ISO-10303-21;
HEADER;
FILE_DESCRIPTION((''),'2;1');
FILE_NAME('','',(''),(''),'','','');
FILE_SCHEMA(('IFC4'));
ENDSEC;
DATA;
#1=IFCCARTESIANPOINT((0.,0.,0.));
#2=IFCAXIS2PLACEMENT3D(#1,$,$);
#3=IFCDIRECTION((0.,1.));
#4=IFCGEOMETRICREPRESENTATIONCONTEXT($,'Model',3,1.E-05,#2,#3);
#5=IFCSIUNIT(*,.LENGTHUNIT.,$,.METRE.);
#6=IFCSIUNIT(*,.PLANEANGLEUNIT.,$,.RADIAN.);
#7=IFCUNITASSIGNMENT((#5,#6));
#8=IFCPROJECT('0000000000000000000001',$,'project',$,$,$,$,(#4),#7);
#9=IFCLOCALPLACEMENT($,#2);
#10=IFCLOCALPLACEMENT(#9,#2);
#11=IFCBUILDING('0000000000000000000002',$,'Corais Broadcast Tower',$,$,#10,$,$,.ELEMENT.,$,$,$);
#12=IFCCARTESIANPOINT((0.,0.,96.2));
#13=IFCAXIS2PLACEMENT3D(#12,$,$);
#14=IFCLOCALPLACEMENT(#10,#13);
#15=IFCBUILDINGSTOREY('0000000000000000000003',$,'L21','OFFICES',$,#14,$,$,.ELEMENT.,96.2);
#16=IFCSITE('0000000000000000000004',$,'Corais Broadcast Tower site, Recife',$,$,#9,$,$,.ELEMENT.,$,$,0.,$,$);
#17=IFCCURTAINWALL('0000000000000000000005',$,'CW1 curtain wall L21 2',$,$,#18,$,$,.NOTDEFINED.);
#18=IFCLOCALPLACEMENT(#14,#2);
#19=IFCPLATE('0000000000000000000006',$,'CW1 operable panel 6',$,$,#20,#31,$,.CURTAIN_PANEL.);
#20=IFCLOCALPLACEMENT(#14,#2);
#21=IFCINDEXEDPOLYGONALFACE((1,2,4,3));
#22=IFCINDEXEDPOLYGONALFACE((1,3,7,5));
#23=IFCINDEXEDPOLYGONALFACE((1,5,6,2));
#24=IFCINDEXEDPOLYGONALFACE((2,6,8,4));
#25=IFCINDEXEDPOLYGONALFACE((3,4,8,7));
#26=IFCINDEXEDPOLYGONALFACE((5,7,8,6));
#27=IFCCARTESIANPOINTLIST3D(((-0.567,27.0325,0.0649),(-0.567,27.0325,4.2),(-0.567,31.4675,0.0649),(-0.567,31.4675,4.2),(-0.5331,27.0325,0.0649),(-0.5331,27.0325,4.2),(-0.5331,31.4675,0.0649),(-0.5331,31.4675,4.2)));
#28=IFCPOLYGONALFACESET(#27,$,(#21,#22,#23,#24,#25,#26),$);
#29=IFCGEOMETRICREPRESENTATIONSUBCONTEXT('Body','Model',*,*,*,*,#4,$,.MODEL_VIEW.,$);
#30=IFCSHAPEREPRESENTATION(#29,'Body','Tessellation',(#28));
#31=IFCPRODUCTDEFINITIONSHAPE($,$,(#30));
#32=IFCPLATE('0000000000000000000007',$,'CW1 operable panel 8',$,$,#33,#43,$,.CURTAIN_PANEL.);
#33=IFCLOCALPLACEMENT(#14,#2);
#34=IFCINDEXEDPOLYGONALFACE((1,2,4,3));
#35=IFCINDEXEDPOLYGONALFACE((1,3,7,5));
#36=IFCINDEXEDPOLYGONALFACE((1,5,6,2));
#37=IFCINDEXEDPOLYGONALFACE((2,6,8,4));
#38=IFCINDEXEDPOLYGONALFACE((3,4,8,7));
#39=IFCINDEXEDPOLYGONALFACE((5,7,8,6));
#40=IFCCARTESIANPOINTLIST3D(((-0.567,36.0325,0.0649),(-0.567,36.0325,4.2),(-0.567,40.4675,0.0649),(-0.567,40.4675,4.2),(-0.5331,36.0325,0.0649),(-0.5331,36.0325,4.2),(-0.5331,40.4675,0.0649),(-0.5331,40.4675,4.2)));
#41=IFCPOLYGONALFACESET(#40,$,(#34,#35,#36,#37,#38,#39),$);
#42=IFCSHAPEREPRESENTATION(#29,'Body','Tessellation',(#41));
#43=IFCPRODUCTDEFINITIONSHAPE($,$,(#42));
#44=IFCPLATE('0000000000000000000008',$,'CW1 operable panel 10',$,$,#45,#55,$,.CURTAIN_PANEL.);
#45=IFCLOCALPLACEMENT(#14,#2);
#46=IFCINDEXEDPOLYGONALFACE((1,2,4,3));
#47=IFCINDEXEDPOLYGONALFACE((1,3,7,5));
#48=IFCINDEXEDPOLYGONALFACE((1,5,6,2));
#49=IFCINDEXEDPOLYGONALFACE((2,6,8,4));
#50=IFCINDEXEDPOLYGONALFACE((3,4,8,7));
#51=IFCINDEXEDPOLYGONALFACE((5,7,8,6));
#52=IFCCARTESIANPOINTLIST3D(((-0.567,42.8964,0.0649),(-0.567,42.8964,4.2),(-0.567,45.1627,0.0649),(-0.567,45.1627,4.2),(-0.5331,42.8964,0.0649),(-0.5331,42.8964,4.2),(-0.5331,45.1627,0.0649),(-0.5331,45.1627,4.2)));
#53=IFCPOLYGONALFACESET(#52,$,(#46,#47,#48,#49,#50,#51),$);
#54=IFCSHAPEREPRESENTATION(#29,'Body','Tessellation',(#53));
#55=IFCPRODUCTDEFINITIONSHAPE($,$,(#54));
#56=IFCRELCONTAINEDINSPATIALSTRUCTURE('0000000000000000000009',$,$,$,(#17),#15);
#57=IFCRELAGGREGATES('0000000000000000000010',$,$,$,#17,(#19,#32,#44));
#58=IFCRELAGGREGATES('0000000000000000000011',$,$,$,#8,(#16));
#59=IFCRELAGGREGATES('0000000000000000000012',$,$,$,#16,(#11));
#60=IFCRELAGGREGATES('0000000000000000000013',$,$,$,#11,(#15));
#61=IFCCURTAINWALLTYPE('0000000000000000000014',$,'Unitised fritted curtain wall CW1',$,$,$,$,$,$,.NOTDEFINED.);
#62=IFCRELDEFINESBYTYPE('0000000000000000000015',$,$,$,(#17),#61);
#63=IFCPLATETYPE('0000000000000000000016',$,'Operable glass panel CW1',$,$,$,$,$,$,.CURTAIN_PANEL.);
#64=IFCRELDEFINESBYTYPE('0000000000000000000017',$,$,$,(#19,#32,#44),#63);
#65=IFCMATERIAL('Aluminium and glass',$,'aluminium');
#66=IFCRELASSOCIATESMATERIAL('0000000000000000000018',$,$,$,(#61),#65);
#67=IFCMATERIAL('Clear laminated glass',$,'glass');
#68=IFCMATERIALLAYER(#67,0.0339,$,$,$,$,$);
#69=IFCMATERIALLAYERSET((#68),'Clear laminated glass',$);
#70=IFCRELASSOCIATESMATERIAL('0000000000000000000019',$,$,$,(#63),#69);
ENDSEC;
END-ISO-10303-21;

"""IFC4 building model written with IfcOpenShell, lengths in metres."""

from ifc_helpers import new_model, si_unit, direction, frame, origin, origin_2d, place, context, subcontext, project, spatial, rectangle, extrude, material, layer, layer_set, type_object, element, aggregate, save


model = new_model("IFC4")

# Units and contexts
model_context = context("Model", 3, precision=1e-05, world=origin(), true_north=direction((0.0, 1.0)))
body_context = subcontext(model_context, "Body", "Model", "MODEL_VIEW")
ifc_project = project(units=[si_unit("LENGTHUNIT", "METRE"), si_unit("PLANEANGLEUNIT", "RADIAN")], contexts=[model_context])

# Site, building, storey
site_placement = place(None, origin())
site = spatial("IfcSite", under=ifc_project, at=site_placement, Name="Corais Broadcast Tower site, Recife", CompositionType="ELEMENT", RefElevation=0.0)
building_placement = place(site_placement, origin())
building = spatial("IfcBuilding", under=site, at=building_placement, Name="Corais Broadcast Tower", CompositionType="ELEMENT")
storey_placement = place(building_placement, frame((0.0, 0.0, 96.2)))
storey = spatial("IfcBuildingStorey", under=building, at=storey_placement, Name="L21", Description="OFFICES", CompositionType="ELEMENT", Elevation=96.2)

# Curtain wall
ifc_material_1 = material(Name="Aluminium and glass", Category="aluminium")
curtain_wall_type = type_object("IfcCurtainWallType", Name="Unitised fritted curtain wall CW1", PredefinedType="NOTDEFINED", material=ifc_material_1)
curtain_wall_placement = place(storey_placement, origin())
curtain_wall = element("IfcCurtainWall", 1, at=curtain_wall_placement, inside=storey, type_object=curtain_wall_type, Name="CW1 curtain wall L21 2", PredefinedType="NOTDEFINED")

# Plates
ifc_material_2 = material(Name="Clear laminated glass", Category="glass")
ifc_layer_1 = layer(ifc_material_2, 0.0339)
ifc_layer_set_1 = layer_set([ifc_layer_1], Name="Clear laminated glass")
plate_type_1 = type_object("IfcPlateType", Name="Operable glass panel CW1", PredefinedType="CURTAIN_PANEL", material=ifc_layer_set_1)
plate_1_placement = place(storey_placement, frame((-0.55, 29.25, 0.0649), z_axis=(0.0, 0.0, 1.0), x_axis=(0.0, 1.0, 0.0)))
plate_1 = element("IfcPlate", 2, at=plate_1_placement, type_object=plate_type_1, Name="CW1 operable panel 6", PredefinedType="CURTAIN_PANEL", context=body_context, shape_type="SweptSolid", body=[
    extrude(rectangle(XDim=4.4351, YDim=0.0339, at=origin_2d()), origin(), (0.0, 0.0, 1.0), 4.135),
])
plate_2_placement = place(storey_placement, frame((-0.55, 38.25, 0.0649), z_axis=(0.0, 0.0, 1.0), x_axis=(0.0, 1.0, 0.0)))
plate_2 = element("IfcPlate", 3, at=plate_2_placement, type_object=plate_type_1, Name="CW1 operable panel 8", PredefinedType="CURTAIN_PANEL", context=body_context, shape_type="SweptSolid", body=[
    extrude(rectangle(XDim=4.4351, YDim=0.0339, at=origin_2d()), origin(), (0.0, 0.0, 1.0), 4.135),
])
plate_3_placement = place(storey_placement, frame((-0.55, 44.0295, 0.0649), z_axis=(0.0, 0.0, 1.0), x_axis=(0.0, 1.0, 0.0)))
plate_3 = element("IfcPlate", 4, at=plate_3_placement, type_object=plate_type_1, Name="CW1 operable panel 10", PredefinedType="CURTAIN_PANEL", context=body_context, shape_type="SweptSolid", body=[
    extrude(rectangle(XDim=2.2664, YDim=0.0339, at=origin_2d()), origin(), (0.0, 0.0, 1.0), 4.135),
])
aggregate(curtain_wall, [plate_1, plate_2, plate_3])

save(model, "model.ifc")
